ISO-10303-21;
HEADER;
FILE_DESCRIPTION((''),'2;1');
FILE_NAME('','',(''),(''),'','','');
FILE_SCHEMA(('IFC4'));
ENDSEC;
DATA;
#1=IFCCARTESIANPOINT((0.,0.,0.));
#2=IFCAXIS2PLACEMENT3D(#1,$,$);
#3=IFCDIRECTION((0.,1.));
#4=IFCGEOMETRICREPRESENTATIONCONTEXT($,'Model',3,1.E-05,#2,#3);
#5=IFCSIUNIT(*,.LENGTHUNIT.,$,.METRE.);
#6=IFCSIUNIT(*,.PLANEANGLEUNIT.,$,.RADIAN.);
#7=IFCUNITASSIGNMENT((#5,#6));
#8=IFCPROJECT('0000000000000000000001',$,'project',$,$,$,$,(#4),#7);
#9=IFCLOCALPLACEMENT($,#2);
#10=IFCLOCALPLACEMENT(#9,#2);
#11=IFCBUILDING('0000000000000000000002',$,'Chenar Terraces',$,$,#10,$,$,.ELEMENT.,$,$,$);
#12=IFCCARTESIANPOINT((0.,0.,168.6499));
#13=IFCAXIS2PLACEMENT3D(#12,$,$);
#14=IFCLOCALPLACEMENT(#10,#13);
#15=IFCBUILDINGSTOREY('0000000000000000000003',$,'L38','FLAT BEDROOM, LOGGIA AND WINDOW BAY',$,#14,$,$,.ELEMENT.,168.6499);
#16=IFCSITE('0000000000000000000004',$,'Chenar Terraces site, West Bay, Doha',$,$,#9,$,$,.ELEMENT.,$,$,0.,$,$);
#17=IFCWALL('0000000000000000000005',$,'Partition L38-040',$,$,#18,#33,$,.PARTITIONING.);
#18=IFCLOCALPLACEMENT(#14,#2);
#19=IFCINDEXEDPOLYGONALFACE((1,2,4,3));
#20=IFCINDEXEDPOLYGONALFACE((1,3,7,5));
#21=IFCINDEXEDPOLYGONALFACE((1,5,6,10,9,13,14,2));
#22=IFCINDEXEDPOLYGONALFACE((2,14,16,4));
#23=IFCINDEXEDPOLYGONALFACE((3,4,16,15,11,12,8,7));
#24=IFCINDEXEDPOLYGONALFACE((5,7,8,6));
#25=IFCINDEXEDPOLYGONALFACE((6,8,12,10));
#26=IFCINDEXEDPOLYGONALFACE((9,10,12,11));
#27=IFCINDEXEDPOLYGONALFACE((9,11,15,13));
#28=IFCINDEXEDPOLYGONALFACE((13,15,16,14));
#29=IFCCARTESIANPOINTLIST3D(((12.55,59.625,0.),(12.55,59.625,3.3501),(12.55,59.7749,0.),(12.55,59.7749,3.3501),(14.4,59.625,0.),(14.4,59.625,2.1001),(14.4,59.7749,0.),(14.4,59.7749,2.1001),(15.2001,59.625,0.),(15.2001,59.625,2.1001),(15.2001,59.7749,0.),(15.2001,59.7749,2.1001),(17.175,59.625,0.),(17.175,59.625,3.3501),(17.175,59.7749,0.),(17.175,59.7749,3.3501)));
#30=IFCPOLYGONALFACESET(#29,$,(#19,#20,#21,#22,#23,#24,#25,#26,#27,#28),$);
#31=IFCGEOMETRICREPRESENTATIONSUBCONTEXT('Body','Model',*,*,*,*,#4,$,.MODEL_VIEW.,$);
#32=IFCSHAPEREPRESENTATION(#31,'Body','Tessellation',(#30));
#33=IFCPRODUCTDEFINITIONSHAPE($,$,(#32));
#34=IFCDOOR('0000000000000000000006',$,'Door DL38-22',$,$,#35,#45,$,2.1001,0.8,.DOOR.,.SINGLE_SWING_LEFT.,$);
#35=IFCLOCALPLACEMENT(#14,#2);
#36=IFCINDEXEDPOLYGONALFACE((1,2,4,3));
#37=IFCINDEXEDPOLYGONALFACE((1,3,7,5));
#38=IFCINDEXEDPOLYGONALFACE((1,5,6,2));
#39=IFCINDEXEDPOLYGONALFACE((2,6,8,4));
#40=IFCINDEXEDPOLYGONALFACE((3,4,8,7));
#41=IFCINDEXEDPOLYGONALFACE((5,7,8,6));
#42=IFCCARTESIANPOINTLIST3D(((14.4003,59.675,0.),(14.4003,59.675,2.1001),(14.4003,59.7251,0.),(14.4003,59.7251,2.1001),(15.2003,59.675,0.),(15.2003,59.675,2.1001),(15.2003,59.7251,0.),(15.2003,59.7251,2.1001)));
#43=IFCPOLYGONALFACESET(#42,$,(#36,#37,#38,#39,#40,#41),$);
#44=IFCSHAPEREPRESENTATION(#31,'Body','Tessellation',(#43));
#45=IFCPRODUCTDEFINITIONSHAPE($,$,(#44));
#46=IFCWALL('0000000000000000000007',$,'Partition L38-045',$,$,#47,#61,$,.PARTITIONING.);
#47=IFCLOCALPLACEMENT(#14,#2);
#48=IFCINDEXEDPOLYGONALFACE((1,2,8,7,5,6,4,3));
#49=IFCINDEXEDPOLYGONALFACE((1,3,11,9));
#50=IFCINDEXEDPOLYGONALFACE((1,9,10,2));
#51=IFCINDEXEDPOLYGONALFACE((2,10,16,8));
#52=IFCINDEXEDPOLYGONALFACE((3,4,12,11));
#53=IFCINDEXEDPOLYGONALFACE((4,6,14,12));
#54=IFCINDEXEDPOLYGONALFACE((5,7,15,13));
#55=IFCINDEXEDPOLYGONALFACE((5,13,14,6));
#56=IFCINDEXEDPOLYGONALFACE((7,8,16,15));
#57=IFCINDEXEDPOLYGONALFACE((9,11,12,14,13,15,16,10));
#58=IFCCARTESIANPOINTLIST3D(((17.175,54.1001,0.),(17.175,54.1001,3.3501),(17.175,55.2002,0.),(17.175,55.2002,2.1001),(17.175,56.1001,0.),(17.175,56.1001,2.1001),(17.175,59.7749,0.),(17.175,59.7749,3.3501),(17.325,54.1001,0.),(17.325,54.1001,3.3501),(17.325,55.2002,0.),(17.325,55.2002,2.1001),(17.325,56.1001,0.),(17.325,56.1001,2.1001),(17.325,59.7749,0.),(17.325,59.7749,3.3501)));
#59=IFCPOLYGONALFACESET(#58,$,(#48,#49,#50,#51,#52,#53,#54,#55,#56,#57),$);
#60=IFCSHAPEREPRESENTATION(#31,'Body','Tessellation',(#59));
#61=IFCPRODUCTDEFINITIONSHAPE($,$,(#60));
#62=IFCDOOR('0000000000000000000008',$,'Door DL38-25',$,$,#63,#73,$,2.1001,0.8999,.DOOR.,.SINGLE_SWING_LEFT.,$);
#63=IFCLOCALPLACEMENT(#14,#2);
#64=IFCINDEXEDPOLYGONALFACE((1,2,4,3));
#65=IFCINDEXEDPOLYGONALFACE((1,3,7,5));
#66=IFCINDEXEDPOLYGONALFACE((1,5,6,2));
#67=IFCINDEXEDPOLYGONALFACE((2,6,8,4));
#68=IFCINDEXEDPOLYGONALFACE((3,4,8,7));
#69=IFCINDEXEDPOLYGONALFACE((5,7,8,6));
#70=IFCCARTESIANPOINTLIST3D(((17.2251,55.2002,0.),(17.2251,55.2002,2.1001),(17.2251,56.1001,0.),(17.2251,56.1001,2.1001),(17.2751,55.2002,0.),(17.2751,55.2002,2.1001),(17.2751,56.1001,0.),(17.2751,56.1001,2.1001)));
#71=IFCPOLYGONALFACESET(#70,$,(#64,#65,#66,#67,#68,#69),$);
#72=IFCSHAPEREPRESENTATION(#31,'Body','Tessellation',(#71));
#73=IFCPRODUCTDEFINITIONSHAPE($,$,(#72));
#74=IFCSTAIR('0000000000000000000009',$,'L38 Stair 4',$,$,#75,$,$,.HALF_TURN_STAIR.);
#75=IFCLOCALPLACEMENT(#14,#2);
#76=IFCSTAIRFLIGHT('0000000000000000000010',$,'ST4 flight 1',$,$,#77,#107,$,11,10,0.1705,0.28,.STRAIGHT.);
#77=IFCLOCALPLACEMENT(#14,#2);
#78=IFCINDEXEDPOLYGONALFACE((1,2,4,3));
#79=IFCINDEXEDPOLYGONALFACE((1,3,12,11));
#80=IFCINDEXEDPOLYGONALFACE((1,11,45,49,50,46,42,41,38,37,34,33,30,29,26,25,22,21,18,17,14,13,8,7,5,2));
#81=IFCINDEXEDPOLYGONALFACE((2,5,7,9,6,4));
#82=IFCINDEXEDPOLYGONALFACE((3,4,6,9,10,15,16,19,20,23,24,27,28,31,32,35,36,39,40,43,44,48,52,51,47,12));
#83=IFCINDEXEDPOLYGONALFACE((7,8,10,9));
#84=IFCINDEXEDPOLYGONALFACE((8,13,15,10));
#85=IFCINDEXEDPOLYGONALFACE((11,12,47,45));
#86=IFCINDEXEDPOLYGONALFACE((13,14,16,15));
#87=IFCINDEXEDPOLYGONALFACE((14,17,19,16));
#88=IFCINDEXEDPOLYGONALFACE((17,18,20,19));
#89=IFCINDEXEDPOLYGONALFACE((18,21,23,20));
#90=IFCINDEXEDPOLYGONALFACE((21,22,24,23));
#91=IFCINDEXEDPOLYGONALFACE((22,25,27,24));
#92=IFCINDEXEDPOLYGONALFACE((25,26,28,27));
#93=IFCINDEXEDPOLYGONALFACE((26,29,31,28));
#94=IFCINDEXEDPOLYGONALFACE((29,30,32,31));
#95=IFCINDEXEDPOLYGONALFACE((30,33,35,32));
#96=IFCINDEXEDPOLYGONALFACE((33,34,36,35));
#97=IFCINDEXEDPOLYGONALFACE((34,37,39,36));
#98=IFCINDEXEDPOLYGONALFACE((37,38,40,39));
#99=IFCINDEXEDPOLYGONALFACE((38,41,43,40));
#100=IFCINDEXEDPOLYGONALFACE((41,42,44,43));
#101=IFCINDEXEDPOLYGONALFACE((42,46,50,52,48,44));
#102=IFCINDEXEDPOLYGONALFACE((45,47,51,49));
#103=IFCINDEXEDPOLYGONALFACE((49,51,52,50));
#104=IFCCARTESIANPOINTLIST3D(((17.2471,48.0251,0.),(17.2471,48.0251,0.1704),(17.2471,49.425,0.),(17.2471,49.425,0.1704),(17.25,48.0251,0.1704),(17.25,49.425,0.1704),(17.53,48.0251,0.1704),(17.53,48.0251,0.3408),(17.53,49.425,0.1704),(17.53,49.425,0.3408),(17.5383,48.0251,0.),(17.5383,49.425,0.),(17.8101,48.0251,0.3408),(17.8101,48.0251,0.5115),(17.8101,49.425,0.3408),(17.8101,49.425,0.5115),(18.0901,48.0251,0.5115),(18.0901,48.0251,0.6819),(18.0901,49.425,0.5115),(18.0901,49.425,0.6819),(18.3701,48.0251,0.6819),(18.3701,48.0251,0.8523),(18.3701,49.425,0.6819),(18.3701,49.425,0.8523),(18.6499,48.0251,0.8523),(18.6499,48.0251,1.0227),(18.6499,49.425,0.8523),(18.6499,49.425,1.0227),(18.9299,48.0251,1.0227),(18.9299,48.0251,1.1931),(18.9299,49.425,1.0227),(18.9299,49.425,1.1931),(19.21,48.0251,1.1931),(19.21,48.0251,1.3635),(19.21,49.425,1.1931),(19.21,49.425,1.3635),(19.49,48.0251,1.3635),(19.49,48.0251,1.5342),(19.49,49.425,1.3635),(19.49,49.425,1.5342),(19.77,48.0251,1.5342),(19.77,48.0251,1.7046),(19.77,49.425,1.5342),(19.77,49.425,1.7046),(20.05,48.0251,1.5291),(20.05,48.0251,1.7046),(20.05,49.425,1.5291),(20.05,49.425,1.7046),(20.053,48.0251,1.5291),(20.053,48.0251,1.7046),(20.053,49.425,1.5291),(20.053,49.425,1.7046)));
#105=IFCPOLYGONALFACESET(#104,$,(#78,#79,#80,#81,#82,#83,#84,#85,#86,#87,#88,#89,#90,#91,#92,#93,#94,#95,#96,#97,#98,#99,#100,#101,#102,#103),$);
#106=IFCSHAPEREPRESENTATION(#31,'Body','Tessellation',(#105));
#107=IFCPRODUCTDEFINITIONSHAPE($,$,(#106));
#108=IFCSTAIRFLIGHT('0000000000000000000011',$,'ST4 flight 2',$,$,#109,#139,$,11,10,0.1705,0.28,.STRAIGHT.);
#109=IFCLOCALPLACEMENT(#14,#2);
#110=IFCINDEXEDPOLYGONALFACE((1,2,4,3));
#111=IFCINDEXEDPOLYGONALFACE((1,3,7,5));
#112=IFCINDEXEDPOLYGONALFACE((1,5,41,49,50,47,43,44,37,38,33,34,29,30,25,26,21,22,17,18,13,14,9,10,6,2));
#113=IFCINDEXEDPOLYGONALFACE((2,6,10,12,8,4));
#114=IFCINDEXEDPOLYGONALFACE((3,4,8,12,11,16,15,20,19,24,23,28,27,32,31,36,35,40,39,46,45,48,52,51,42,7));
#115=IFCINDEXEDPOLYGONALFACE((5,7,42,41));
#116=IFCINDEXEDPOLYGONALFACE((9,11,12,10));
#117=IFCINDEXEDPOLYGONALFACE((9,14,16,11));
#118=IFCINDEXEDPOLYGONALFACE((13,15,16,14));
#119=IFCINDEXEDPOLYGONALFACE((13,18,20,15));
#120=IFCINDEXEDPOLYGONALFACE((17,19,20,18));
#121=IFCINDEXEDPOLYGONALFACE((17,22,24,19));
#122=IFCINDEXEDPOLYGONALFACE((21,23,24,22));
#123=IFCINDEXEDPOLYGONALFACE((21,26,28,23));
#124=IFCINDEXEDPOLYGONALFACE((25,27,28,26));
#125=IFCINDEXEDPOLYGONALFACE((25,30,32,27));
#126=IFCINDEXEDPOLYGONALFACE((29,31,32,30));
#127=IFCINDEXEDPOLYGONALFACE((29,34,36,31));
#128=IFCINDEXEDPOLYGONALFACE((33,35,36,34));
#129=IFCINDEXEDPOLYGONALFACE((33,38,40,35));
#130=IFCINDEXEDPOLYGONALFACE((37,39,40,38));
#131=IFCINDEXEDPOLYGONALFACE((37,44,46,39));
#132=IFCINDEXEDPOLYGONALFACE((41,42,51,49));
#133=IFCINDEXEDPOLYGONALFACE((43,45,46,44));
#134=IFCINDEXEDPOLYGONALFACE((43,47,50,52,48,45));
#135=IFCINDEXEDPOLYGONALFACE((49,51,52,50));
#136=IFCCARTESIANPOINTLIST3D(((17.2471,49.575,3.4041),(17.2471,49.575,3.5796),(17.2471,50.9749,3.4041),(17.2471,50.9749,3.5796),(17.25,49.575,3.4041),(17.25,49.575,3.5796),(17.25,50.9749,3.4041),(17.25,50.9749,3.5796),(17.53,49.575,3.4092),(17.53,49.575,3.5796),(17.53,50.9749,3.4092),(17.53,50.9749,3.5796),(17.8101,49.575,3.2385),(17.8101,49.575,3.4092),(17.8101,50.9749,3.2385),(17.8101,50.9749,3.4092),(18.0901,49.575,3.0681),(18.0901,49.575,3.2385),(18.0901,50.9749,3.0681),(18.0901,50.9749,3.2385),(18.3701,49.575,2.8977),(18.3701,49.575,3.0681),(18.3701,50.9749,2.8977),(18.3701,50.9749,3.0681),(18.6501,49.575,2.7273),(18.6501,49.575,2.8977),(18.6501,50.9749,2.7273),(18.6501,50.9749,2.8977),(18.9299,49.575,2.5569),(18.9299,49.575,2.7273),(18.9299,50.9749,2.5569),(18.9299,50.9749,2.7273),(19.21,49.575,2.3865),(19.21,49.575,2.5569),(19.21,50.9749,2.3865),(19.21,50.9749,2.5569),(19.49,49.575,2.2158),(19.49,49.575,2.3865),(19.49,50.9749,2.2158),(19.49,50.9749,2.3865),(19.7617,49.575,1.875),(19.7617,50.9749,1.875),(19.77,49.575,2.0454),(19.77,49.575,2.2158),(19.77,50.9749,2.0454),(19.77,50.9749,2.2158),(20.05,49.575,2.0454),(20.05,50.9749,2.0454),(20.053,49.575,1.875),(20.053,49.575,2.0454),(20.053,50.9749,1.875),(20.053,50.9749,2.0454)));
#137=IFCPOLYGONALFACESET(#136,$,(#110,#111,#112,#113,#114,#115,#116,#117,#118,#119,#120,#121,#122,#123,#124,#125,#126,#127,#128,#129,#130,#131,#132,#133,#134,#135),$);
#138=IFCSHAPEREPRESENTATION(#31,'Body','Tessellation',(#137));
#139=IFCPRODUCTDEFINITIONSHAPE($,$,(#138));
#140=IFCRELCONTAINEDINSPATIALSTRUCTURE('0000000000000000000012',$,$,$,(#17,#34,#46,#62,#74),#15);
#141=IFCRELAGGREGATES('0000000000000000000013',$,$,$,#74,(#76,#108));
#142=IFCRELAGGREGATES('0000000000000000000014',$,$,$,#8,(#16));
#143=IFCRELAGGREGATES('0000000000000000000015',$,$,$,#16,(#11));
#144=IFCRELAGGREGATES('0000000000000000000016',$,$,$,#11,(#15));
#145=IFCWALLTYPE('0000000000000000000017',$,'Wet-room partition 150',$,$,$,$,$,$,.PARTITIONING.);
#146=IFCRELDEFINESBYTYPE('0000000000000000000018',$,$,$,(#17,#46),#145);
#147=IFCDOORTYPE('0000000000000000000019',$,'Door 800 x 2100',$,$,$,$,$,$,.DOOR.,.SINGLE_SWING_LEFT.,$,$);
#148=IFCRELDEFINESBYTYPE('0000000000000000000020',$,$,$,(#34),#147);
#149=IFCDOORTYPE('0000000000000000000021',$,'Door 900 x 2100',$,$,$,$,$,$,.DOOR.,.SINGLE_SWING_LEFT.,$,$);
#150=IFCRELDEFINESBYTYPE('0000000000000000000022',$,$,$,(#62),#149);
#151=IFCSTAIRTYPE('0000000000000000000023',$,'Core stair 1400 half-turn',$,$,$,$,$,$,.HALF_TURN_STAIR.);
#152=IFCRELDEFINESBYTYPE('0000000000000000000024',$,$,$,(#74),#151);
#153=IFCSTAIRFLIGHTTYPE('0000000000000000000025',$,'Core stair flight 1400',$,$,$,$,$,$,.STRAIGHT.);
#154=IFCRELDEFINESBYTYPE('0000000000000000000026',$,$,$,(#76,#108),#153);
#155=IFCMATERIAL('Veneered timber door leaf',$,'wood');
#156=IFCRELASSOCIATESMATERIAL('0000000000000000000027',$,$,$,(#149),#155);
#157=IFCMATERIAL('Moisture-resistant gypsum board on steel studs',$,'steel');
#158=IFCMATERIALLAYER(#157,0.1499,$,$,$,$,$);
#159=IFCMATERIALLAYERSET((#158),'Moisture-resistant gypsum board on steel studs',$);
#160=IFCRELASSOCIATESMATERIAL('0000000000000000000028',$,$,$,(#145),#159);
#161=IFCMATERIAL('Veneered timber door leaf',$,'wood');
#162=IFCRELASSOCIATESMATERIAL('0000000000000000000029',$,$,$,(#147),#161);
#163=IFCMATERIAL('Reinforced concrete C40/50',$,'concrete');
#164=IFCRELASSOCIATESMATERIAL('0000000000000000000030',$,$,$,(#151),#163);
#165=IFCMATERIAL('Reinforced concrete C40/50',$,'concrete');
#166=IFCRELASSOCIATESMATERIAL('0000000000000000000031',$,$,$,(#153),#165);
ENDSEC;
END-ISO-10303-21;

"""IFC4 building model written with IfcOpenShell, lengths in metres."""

from ifc_helpers import new_model, si_unit, direction, frame, frame_2d, origin, place, context, subcontext, project, spatial, polyline, rectangle, outline, extrude, material, layer, layer_set, type_object, element, fill, aggregate, save


model = new_model("IFC4")

# Units and contexts
model_context = context("Model", 3, precision=1e-05, world=origin(), true_north=direction((0.0, 1.0)))
body_context = subcontext(model_context, "Body", "Model", "MODEL_VIEW")
ifc_project = project(units=[si_unit("LENGTHUNIT", "METRE"), si_unit("PLANEANGLEUNIT", "RADIAN")], contexts=[model_context])

# Site, building, storey
site_placement = place(None, origin())
site = spatial("IfcSite", under=ifc_project, at=site_placement, Name="Chenar Terraces site, West Bay, Doha", CompositionType="ELEMENT", RefElevation=0.0)
building_placement = place(site_placement, origin())
building = spatial("IfcBuilding", under=site, at=building_placement, Name="Chenar Terraces", CompositionType="ELEMENT")
storey_placement = place(building_placement, frame((0.0, 0.0, 168.6499)))
storey = spatial("IfcBuildingStorey", under=building, at=storey_placement, Name="L38", Description="FLAT BEDROOM, LOGGIA AND WINDOW BAY", CompositionType="ELEMENT", Elevation=168.6499)

# Shared definitions
ifc_material_1 = material(Name="Veneered timber door leaf", Category="wood")
door_type_1 = type_object("IfcDoorType", Name="Door 900 x 2100", OperationType="SINGLE_SWING_LEFT", PredefinedType="DOOR", material=ifc_material_1)

# Walls, openings, doors
ifc_material_2 = material(Name="Moisture-resistant gypsum board on steel studs", Category="steel")
ifc_layer_1 = layer(ifc_material_2, 0.1499)
ifc_layer_set_1 = layer_set([ifc_layer_1], Name="Moisture-resistant gypsum board on steel studs")
wall_type_1 = type_object("IfcWallType", Name="Wet-room partition 150", PredefinedType="PARTITIONING", material=ifc_layer_set_1)
wall_1_placement = place(storey_placement, frame((12.55, 59.7, 0.0), z_axis=(0.0, 0.0, 1.0), x_axis=(1.0, 0.0, 0.0)))
wall_1 = element("IfcWall", 1, at=wall_1_placement, inside=storey, type_object=wall_type_1, Name="Partition L38-040", PredefinedType="PARTITIONING", context=body_context, shape_type="SweptSolid", body=[
    extrude(rectangle(XDim=4.625, YDim=0.1499, at=frame_2d((2.3125, 0.0))), origin(), (0.0, 0.0, 1.0), 3.3501),
])
opening_1_placement = place(wall_1_placement, frame((1.8501, 0.0, 0.0)))
opening_1 = element("IfcOpeningElement", 2, at=opening_1_placement, cuts=wall_1, PredefinedType="OPENING", context=body_context, shape_type="SweptSolid", body=[
    extrude(rectangle(XDim=0.8, YDim=2.1001, at=frame_2d((0.3999, 1.05))), frame((0.0, 0.085, 0.0), z_axis=(0.0, -1.0, 0.0), x_axis=(1.0, 0.0, 0.0)), (0.0, 0.0, 1.0), 0.1699),
])
ifc_material_3 = material(Name="Veneered timber door leaf", Category="wood")
door_type_2 = type_object("IfcDoorType", Name="Door 800 x 2100", OperationType="SINGLE_SWING_LEFT", PredefinedType="DOOR", material=ifc_material_3)
door_1_placement = place(opening_1_placement, frame((0.8, 0.0, 0.0), z_axis=(0.0, 0.0, 1.0), x_axis=(-1.0, 0.0, 0.0)))
door_1 = element("IfcDoor", 3, at=door_1_placement, inside=storey, type_object=door_type_2, Name="Door DL38-22", OperationType="SINGLE_SWING_LEFT", OverallHeight=2.1001, OverallWidth=0.8, PredefinedType="DOOR", context=body_context, shape_type="SweptSolid", body=[
    extrude(rectangle(XDim=0.8, YDim=2.1001, at=frame_2d((0.3999, 1.05))), frame((0.0, 0.0249, 0.0), z_axis=(0.0, -1.0, 0.0), x_axis=(1.0, 0.0, 0.0)), (0.0, 0.0, 1.0), 0.05),
])
fill(opening_1, door_1)
wall_2_placement = place(storey_placement, frame((17.25, 54.1001, 0.0), z_axis=(0.0, 0.0, 1.0), x_axis=(0.0, 1.0, 0.0)))
wall_2 = element("IfcWall", 4, at=wall_2_placement, inside=storey, type_object=wall_type_1, Name="Partition L38-045", PredefinedType="PARTITIONING", context=body_context, shape_type="SweptSolid", body=[
    extrude(rectangle(XDim=5.6748, YDim=0.1499, at=frame_2d((2.8374, 0.0))), origin(), (0.0, 0.0, 1.0), 3.3501),
])
opening_2_placement = place(wall_2_placement, frame((1.1001, 0.0, 0.0)))
opening_2 = element("IfcOpeningElement", 5, at=opening_2_placement, cuts=wall_2, PredefinedType="OPENING", context=body_context, shape_type="SweptSolid", body=[
    extrude(rectangle(XDim=0.8999, YDim=2.1001, at=frame_2d((0.45, 1.05))), frame((0.0, 0.085, 0.0), z_axis=(0.0, -1.0, 0.0), x_axis=(1.0, 0.0, 0.0)), (0.0, 0.0, 1.0), 0.1699),
])
door_2_placement = place(opening_2_placement, origin())
door_2 = element("IfcDoor", 6, at=door_2_placement, inside=storey, type_object=door_type_1, Name="Door DL38-25", OperationType="SINGLE_SWING_LEFT", OverallHeight=2.1001, OverallWidth=0.8999, PredefinedType="DOOR", context=body_context, shape_type="SweptSolid", body=[
    extrude(rectangle(XDim=0.8999, YDim=2.1001, at=frame_2d((0.45, 1.05))), frame((0.0, 0.0249, 0.0), z_axis=(0.0, -1.0, 0.0), x_axis=(1.0, 0.0, 0.0)), (0.0, 0.0, 1.0), 0.05),
])
fill(opening_2, door_2)

# Stair, stair flights
ifc_material_4 = material(Name="Reinforced concrete C40/50", Category="concrete")
stair_type = type_object("IfcStairType", Name="Core stair 1400 half-turn", PredefinedType="HALF_TURN_STAIR", material=ifc_material_4)
stair_placement = place(storey_placement, origin())
stair = element("IfcStair", 7, at=stair_placement, inside=storey, type_object=stair_type, Name="L38 Stair 4", PredefinedType="HALF_TURN_STAIR")
ifc_material_5 = material(Name="Reinforced concrete C40/50", Category="concrete")
stair_flight_type = type_object("IfcStairFlightType", Name="Core stair flight 1400", PredefinedType="STRAIGHT", material=ifc_material_5)
stair_flight_1_placement = place(storey_placement, frame((17.25, 48.7251, 0.0), z_axis=(0.0, 0.0, 1.0), x_axis=(1.0, 0.0, 0.0)))
stair_flight_1 = element("IfcStairFlight", 8, at=stair_flight_1_placement, type_object=stair_flight_type, Name="ST4 flight 1", NumberOfRisers=11, NumberOfTreads=10, PredefinedType="STRAIGHT", RiserHeight=0.1705, TreadLength=0.28, context=body_context, shape_type="SweptSolid", body=[
    extrude(outline(polyline([(-0.0029, 0.0), (-0.0029, 0.1704), (0.0, 0.1704), (0.28, 0.1704), (0.28, 0.3408), (0.5601, 0.3408), (0.5601, 0.5115), (0.8401, 0.5115), (0.8401, 0.6819), (1.1201, 0.6819), (1.1201, 0.8523), (1.3999, 0.8523), (1.3999, 1.0227), (1.6799, 1.0227), (1.6799, 1.1931), (1.96, 1.1931), (1.96, 1.3635), (2.24, 1.3635), (2.24, 1.5342), (2.52, 1.5342), (2.52, 1.7046), (2.8, 1.7046), (2.803, 1.7046), (2.803, 1.5291), (2.8, 1.5291), (0.2883, 0.0), (-0.0029, 0.0)])), frame((0.0, 0.7, 0.0), z_axis=(0.0, -1.0, 0.0), x_axis=(1.0, 0.0, 0.0)), (0.0, 0.0, 1.0), 1.3999),
])
stair_flight_2_placement = place(storey_placement, frame((20.05, 50.2749, 1.875), z_axis=(0.0, 0.0, 1.0), x_axis=(-1.0, 0.0, 0.0)))
stair_flight_2 = element("IfcStairFlight", 9, at=stair_flight_2_placement, type_object=stair_flight_type, Name="ST4 flight 2", NumberOfRisers=11, NumberOfTreads=10, PredefinedType="STRAIGHT", RiserHeight=0.1705, TreadLength=0.28, context=body_context, shape_type="SweptSolid", body=[
    extrude(outline(polyline([(-0.0029, 0.0), (-0.0029, 0.1704), (0.0, 0.1704), (0.28, 0.1704), (0.28, 0.3408), (0.5601, 0.3408), (0.5601, 0.5115), (0.8401, 0.5115), (0.8401, 0.6819), (1.1201, 0.6819), (1.1201, 0.8523), (1.3999, 0.8523), (1.3999, 1.0227), (1.6799, 1.0227), (1.6799, 1.1931), (1.96, 1.1931), (1.96, 1.3635), (2.24, 1.3635), (2.24, 1.5342), (2.52, 1.5342), (2.52, 1.7046), (2.8, 1.7046), (2.803, 1.7046), (2.803, 1.5291), (2.8, 1.5291), (0.2883, 0.0), (-0.0029, 0.0)])), frame((0.0, 0.7, 0.0), z_axis=(0.0, -1.0, 0.0), x_axis=(1.0, 0.0, 0.0)), (0.0, 0.0, 1.0), 1.3999),
])
aggregate(stair, [stair_flight_1, stair_flight_2])

save(model, "model.ifc")
